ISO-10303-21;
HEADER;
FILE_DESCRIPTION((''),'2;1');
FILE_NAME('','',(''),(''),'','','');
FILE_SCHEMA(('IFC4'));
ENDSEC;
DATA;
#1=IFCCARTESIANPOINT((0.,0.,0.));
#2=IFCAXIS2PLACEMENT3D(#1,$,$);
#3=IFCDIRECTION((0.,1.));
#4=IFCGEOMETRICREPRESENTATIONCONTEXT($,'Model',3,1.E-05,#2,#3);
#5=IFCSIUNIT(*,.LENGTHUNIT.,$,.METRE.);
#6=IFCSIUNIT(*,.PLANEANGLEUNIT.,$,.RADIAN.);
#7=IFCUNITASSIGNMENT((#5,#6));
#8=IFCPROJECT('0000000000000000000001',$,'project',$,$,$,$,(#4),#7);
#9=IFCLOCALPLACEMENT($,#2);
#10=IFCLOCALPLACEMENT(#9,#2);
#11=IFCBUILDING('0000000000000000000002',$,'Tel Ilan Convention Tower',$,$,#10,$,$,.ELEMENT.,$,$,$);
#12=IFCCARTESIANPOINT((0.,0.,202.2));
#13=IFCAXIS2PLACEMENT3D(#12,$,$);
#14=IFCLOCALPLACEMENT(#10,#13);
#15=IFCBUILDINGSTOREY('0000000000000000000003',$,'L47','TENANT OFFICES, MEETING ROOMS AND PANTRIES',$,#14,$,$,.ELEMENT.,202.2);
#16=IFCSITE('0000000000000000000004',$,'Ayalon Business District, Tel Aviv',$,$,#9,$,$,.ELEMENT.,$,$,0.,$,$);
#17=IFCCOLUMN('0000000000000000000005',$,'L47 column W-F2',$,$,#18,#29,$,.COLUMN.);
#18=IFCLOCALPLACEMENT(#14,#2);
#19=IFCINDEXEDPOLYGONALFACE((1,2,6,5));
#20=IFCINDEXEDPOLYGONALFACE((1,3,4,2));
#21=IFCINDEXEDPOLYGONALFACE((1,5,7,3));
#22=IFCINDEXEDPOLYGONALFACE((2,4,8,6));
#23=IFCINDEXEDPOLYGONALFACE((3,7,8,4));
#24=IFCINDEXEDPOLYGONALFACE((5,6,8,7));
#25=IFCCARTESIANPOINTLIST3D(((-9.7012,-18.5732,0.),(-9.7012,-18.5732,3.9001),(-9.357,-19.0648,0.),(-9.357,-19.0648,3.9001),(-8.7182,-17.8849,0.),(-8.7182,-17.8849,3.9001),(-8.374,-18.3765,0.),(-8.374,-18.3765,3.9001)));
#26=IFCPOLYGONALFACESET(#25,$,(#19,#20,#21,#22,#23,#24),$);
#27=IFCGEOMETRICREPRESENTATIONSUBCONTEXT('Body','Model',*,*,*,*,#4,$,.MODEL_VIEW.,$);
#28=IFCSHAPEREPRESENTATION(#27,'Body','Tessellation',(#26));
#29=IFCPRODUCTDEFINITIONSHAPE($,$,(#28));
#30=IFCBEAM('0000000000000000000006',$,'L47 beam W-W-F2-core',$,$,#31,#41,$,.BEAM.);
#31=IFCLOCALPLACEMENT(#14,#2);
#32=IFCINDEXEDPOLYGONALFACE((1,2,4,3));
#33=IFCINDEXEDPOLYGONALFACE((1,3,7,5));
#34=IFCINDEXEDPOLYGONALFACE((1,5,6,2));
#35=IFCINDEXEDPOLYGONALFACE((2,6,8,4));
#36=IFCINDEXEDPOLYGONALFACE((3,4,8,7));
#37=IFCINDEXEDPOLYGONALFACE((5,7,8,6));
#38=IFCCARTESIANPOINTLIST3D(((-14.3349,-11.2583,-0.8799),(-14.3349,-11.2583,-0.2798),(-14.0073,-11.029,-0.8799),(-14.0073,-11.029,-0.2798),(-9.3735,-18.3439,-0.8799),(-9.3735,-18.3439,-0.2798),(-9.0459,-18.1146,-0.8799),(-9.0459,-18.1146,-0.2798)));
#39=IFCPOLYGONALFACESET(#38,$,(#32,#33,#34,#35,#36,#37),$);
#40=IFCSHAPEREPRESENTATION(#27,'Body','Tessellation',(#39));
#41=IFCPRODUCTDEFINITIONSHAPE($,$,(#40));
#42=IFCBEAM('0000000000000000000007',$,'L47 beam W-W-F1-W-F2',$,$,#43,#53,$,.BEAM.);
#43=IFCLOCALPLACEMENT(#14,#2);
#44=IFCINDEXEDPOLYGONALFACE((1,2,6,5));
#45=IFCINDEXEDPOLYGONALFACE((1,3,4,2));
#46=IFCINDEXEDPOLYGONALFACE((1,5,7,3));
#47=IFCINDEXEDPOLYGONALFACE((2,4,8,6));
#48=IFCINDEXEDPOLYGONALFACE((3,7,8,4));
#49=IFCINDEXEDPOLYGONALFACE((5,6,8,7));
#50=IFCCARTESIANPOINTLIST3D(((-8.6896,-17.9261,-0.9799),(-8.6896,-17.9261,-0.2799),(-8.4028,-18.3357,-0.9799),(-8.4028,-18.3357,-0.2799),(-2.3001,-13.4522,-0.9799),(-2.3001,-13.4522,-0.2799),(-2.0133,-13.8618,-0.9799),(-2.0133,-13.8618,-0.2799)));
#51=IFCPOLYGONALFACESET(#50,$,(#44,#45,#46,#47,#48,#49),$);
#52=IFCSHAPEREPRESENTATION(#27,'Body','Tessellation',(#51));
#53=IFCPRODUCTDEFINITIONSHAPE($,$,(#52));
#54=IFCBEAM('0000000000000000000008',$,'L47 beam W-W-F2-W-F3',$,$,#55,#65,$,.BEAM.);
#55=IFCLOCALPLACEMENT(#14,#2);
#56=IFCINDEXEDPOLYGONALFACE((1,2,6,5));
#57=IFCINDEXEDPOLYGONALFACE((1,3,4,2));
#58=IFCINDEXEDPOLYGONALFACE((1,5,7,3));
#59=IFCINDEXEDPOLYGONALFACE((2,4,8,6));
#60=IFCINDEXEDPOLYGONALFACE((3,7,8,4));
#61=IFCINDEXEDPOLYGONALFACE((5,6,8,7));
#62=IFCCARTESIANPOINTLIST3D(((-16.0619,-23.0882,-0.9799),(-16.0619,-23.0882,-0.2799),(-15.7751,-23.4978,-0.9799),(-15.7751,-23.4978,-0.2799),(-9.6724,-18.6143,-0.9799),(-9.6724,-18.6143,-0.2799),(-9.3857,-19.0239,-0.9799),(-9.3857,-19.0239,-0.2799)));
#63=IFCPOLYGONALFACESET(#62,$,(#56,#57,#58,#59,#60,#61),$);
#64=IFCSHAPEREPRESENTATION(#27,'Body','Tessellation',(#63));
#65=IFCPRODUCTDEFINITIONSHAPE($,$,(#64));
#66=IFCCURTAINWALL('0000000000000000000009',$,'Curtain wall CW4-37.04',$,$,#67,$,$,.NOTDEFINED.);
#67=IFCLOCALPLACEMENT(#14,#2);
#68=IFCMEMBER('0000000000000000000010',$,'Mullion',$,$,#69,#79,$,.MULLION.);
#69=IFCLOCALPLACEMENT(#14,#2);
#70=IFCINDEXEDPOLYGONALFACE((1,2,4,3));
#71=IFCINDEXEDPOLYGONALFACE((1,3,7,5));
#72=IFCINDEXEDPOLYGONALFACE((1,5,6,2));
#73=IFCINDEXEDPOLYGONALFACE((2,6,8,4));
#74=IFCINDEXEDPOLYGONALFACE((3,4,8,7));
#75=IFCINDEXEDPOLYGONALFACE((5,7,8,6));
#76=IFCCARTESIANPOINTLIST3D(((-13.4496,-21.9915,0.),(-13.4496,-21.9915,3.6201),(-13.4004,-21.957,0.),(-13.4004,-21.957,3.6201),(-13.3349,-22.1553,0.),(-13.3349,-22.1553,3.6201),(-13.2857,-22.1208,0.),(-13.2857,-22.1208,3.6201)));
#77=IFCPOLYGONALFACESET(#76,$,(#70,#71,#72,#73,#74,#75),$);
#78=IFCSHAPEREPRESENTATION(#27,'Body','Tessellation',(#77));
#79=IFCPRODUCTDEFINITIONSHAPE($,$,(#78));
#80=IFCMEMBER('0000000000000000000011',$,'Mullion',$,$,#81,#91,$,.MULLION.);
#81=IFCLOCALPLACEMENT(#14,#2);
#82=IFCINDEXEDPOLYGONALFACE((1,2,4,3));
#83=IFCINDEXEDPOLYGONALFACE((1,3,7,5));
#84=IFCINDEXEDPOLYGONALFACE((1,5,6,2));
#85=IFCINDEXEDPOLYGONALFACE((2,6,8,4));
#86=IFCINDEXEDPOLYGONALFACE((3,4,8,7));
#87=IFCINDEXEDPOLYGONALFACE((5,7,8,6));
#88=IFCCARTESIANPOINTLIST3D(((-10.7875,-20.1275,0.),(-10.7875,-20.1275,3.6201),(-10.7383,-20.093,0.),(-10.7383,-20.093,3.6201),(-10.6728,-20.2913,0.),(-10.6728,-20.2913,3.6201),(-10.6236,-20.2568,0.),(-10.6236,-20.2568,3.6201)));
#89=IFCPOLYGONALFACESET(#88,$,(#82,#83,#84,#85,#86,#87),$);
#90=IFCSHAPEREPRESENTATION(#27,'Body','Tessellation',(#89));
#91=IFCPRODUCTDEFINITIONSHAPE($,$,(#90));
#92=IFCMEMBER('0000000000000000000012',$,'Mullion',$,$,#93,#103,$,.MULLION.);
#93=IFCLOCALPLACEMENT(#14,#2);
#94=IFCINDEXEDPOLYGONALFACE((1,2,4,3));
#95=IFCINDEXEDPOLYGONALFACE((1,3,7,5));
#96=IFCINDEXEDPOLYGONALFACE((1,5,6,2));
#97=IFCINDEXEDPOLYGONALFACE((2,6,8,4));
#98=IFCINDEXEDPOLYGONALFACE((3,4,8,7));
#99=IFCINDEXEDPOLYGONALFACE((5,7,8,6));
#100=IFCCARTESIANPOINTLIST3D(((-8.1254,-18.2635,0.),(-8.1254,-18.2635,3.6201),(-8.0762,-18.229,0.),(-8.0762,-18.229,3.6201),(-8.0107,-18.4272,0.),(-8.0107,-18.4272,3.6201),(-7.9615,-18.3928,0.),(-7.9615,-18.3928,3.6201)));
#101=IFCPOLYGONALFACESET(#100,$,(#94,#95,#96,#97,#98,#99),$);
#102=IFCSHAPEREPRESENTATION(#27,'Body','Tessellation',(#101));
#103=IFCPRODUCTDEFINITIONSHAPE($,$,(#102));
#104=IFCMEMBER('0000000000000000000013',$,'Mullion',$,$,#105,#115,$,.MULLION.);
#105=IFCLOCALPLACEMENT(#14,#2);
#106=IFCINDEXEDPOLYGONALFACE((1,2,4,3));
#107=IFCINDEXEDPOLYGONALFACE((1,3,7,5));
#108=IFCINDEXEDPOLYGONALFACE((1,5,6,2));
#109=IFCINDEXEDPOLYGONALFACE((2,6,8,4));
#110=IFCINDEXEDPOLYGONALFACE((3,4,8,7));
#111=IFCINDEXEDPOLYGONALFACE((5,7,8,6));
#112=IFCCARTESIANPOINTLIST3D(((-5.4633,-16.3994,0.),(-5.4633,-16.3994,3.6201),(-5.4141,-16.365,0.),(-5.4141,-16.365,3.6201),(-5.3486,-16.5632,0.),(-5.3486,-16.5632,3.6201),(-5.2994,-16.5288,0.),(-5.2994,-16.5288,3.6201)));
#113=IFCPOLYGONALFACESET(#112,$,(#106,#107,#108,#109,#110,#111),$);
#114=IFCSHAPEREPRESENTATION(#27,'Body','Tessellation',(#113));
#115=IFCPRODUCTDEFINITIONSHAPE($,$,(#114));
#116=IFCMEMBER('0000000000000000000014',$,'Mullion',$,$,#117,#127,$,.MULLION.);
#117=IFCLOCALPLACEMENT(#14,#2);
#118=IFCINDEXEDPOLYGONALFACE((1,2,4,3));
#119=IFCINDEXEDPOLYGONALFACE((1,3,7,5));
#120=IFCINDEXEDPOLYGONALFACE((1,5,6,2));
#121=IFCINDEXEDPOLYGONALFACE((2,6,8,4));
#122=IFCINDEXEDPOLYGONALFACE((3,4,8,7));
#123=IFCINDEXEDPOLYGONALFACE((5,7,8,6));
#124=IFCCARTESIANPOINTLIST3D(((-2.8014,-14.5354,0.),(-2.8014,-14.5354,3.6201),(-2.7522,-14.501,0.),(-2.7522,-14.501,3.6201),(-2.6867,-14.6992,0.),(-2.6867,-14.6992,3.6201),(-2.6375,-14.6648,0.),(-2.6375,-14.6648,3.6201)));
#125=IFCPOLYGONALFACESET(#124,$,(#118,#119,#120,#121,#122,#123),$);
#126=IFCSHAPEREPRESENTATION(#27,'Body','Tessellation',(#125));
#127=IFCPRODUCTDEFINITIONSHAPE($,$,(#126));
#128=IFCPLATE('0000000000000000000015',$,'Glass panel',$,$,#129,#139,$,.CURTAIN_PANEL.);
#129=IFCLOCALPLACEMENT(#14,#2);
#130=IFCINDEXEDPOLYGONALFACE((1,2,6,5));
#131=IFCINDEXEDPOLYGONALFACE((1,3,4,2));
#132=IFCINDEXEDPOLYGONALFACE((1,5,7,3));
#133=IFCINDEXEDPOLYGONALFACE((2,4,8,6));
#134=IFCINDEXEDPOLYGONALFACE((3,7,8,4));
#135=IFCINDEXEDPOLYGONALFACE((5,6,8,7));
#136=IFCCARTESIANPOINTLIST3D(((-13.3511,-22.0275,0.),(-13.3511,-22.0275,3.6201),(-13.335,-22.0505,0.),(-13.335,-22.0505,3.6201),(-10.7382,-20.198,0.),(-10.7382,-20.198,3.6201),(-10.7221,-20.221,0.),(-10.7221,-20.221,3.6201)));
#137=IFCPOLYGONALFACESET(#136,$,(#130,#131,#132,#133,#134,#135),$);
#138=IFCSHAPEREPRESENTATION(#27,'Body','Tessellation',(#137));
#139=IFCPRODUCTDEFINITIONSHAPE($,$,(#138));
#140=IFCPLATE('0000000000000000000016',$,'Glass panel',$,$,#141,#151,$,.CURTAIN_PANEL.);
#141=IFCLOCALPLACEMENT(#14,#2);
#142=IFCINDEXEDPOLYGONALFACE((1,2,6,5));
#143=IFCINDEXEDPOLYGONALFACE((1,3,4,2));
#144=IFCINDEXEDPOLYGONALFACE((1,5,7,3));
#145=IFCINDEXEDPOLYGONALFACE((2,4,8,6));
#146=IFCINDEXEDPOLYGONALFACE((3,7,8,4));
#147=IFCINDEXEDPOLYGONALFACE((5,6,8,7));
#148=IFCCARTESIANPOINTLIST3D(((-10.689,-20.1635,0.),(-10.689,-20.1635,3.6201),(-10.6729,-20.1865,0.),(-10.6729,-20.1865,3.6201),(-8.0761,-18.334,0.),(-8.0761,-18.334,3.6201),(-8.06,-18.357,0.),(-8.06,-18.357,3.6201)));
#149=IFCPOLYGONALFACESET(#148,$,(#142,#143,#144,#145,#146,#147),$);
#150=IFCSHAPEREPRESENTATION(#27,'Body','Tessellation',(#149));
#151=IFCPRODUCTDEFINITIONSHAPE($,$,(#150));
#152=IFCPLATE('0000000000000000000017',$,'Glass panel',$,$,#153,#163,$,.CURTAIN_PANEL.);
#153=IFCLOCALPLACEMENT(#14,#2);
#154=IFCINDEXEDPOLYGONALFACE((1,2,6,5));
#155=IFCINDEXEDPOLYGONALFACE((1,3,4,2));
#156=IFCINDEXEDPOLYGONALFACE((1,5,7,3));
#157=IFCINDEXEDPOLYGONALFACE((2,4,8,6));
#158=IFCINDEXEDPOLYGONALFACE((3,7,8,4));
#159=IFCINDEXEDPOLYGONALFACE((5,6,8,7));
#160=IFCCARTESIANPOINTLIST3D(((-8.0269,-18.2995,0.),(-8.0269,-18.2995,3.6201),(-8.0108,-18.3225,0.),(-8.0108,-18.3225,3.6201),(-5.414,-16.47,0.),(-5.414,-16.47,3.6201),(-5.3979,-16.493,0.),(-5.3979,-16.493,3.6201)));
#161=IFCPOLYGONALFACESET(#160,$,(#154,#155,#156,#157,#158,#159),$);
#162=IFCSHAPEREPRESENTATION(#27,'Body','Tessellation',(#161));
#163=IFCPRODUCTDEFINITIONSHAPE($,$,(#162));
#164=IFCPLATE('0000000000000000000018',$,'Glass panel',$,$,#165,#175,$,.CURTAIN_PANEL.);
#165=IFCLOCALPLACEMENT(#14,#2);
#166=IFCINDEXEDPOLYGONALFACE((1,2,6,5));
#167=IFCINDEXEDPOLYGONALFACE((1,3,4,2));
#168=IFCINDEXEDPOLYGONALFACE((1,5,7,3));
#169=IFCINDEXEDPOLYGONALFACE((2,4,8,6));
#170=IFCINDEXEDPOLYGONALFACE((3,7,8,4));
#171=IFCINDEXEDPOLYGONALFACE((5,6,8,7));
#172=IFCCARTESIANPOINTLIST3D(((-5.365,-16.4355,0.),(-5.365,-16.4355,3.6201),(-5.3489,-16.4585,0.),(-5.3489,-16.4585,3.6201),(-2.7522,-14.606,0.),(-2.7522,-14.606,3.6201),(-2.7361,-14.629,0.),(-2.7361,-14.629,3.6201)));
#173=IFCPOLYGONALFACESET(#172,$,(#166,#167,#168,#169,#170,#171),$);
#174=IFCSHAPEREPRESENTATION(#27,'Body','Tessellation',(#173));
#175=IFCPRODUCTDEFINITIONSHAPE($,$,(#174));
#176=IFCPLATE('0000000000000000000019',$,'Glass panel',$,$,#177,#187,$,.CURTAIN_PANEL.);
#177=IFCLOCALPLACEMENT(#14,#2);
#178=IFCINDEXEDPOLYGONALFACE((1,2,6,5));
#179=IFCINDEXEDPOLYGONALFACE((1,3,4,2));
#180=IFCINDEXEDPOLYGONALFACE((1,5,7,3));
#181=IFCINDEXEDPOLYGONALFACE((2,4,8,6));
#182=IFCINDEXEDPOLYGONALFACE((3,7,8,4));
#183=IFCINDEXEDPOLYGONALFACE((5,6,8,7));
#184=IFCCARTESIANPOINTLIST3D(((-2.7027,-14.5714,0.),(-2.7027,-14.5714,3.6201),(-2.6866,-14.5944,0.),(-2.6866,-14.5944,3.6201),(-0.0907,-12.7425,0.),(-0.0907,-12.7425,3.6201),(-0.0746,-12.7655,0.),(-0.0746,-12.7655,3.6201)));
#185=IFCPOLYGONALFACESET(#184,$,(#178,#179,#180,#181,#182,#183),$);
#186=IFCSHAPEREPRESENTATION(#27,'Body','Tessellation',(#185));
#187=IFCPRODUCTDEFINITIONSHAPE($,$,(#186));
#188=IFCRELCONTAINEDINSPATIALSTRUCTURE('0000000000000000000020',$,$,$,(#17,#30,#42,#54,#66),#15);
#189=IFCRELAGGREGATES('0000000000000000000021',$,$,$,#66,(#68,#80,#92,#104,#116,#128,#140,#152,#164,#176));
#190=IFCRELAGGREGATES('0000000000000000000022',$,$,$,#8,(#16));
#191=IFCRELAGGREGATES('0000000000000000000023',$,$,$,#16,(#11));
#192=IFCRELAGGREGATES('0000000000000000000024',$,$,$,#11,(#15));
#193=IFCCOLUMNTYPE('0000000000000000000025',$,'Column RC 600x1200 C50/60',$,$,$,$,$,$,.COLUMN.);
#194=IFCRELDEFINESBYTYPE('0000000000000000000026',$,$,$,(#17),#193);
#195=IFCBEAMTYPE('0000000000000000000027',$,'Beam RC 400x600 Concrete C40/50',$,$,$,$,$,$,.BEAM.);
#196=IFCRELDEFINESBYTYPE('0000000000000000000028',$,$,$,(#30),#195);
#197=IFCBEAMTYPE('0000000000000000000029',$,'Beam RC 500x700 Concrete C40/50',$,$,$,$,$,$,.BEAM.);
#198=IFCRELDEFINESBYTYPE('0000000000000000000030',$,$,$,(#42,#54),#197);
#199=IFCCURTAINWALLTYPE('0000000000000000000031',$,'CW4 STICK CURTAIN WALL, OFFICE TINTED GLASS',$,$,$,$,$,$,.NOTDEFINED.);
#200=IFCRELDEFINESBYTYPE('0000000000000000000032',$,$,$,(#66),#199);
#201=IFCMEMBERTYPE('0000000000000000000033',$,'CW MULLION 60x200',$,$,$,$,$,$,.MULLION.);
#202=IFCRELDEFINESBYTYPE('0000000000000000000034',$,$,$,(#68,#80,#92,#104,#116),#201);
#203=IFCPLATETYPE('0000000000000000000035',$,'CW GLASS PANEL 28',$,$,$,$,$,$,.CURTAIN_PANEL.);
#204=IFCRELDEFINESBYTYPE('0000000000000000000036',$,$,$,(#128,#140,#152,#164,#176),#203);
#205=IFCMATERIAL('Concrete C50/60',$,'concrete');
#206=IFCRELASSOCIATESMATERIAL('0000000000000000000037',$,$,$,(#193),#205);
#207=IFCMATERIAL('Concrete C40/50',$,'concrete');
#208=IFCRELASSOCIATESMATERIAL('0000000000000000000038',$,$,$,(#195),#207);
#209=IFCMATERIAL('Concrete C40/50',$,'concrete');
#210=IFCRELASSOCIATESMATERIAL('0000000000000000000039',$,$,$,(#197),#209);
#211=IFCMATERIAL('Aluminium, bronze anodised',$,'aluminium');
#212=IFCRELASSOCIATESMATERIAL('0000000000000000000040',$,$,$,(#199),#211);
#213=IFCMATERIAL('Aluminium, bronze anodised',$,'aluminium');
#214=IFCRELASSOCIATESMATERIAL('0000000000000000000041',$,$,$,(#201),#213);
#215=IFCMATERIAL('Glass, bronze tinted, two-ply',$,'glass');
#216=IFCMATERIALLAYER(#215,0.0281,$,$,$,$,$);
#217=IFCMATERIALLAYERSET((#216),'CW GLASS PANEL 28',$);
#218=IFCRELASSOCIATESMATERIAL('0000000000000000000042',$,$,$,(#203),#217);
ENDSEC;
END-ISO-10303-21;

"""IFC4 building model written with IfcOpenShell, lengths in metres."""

from ifc_helpers import new_model, si_unit, direction, frame, origin, origin_2d, place, context, subcontext, project, spatial, rectangle, extrude, material, layer, layer_set, material_profile, profile_set, type_object, element, aggregate, save


model = new_model("IFC4")

# Units and contexts
model_context = context("Model", 3, precision=1e-05, world=origin(), true_north=direction((0.0, 1.0)))
body_context = subcontext(model_context, "Body", "Model", "MODEL_VIEW")
ifc_project = project(units=[si_unit("LENGTHUNIT", "METRE"), si_unit("PLANEANGLEUNIT", "RADIAN")], contexts=[model_context])

# Site, building, storey
site_placement = place(None, origin())
site = spatial("IfcSite", under=ifc_project, at=site_placement, Name="Ayalon Business District, Tel Aviv", CompositionType="ELEMENT", RefElevation=0.0)
building_placement = place(site_placement, origin())
building = spatial("IfcBuilding", under=site, at=building_placement, Name="Tel Ilan Convention Tower", CompositionType="ELEMENT")
storey_placement = place(building_placement, frame((0.0, 0.0, 202.2)))
storey = spatial("IfcBuildingStorey", under=building, at=storey_placement, Name="L47", Description="TENANT OFFICES, MEETING ROOMS AND PANTRIES", CompositionType="ELEMENT", Elevation=202.2)

# Column
ifc_material_1 = material(Name="Concrete C50/60", Category="concrete")
ifc_material_profile_1 = material_profile(ifc_material_1, rectangle(XDim=1.2, YDim=0.6001, at=origin_2d()), Name="RC 600x1200")
ifc_profile_set_1 = profile_set([ifc_material_profile_1], Name="Concrete C50/60")
column_type = type_object("IfcColumnType", Name="Column RC 600x1200 C50/60", PredefinedType="COLUMN", material=ifc_profile_set_1)
column_placement = place(storey_placement, frame((-9.0376, -18.4749, 0.0), z_axis=(0.0, 0.0, 1.0), x_axis=(-0.819152, -0.573576, 0.0)))
element("IfcColumn", 1, at=column_placement, inside=storey, type_object=column_type, Name="L47 column W-F2", PredefinedType="COLUMN", context=body_context, shape_type="SweptSolid", body=[
    extrude(rectangle(XDim=1.2, YDim=0.6001, at=origin_2d()), origin(), (0.0, 0.0, 1.0), 3.9001),
])

# Beams
ifc_material_2 = material(Name="Concrete C40/50", Category="concrete")
ifc_material_profile_2 = material_profile(ifc_material_2, rectangle(XDim=0.3999, YDim=0.6001, at=origin_2d()), Name="RC 400x600")
ifc_profile_set_2 = profile_set([ifc_material_profile_2], Name="Concrete C40/50")
beam_type_1 = type_object("IfcBeamType", Name="Beam RC 400x600 Concrete C40/50", PredefinedType="BEAM", material=ifc_profile_set_2)
beam_placement = place(storey_placement, frame((-9.2097, -18.2292, -0.5798), z_axis=(-0.573574, 0.819154, 0.0), x_axis=(-0.819154, -0.573574, 0.0)))
element("IfcBeam", 2, at=beam_placement, inside=storey, type_object=beam_type_1, Name="L47 beam W-W-F2-core", PredefinedType="BEAM", context=body_context, shape_type="SweptSolid", body=[
    extrude(rectangle(XDim=0.3999, YDim=0.6001, at=origin_2d()), origin(), (0.0, 0.0, 1.0), 8.6499),
])
ifc_material_3 = material(Name="Concrete C40/50", Category="concrete")
ifc_material_profile_3 = material_profile(ifc_material_3, rectangle(XDim=0.5, YDim=0.7, at=origin_2d()), Name="RC 500x700")
ifc_profile_set_3 = profile_set([ifc_material_profile_3], Name="Concrete C40/50")
beam_type_2 = type_object("IfcBeamType", Name="Beam RC 500x700 Concrete C40/50", PredefinedType="BEAM", material=ifc_profile_set_3)
for number, where, z_axis, x_axis, name in (
    (3, (-2.1567, -13.657, -0.6299), (-0.819154, -0.573574, 0.0), (0.573574, -0.819154, 0.0), "L47 beam W-W-F1-W-F2"),
    (4, (-9.5291, -18.8191, -0.6299), (-0.819154, -0.573574, 0.0), (0.573574, -0.819154, 0.0), "L47 beam W-W-F2-W-F3"),
):
    element("IfcBeam", number, at=place(storey_placement, frame(where, z_axis=z_axis, x_axis=x_axis)), inside=storey, type_object=beam_type_2, Name=name, PredefinedType="BEAM", context=body_context, shape_type="SweptSolid", body=[
        extrude(rectangle(XDim=0.5, YDim=0.7, at=origin_2d()), origin(), (0.0, 0.0, 1.0), 7.8),
    ])

# Curtain wall, members, plates
ifc_material_4 = material(Name="Aluminium, bronze anodised", Category="aluminium")
curtain_wall_type = type_object("IfcCurtainWallType", Name="CW4 STICK CURTAIN WALL, OFFICE TINTED GLASS", PredefinedType="NOTDEFINED", material=ifc_material_4)
curtain_wall_placement = place(storey_placement, origin())
curtain_wall = element("IfcCurtainWall", 5, at=curtain_wall_placement, inside=storey, type_object=curtain_wall_type, Name="Curtain wall CW4-37.04", PredefinedType="NOTDEFINED")
ifc_material_5 = material(Name="Aluminium, bronze anodised", Category="aluminium")
ifc_material_profile_4 = material_profile(ifc_material_5, rectangle(XDim=0.0601, YDim=0.2, at=origin_2d()), Name="CW MULLION 60x200")
ifc_profile_set_4 = profile_set([ifc_material_profile_4], Name="Aluminium, bronze anodised")
member_type = type_object("IfcMemberType", Name="CW MULLION 60x200", PredefinedType="MULLION", material=ifc_profile_set_4)
member_1_placement = place(storey_placement, frame((-13.3677, -22.0562, 0.0), z_axis=(0.0, 0.0, 1.0), x_axis=(0.819152, 0.573576, 0.0)))
member_1 = element("IfcMember", 6, at=member_1_placement, type_object=member_type, Name="Mullion", PredefinedType="MULLION", context=body_context, shape_type="SweptSolid", body=[
    extrude(rectangle(XDim=0.0601, YDim=0.2, at=origin_2d()), origin(), (0.0, 0.0, 1.0), 3.6201),
])
member_2_placement = place(storey_placement, frame((-10.7056, -20.1921, 0.0), z_axis=(0.0, 0.0, 1.0), x_axis=(0.819152, 0.573576, 0.0)))
member_2 = element("IfcMember", 7, at=member_2_placement, type_object=member_type, Name="Mullion", PredefinedType="MULLION", context=body_context, shape_type="SweptSolid", body=[
    extrude(rectangle(XDim=0.0601, YDim=0.2, at=origin_2d()), origin(), (0.0, 0.0, 1.0), 3.6201),
])
member_3_placement = place(storey_placement, frame((-8.0435, -18.3281, 0.0), z_axis=(0.0, 0.0, 1.0), x_axis=(0.819152, 0.573576, 0.0)))
member_3 = element("IfcMember", 8, at=member_3_placement, type_object=member_type, Name="Mullion", PredefinedType="MULLION", context=body_context, shape_type="SweptSolid", body=[
    extrude(rectangle(XDim=0.0601, YDim=0.2, at=origin_2d()), origin(), (0.0, 0.0, 1.0), 3.6201),
])
member_4_placement = place(storey_placement, frame((-5.3813, -16.4641, 0.0), z_axis=(0.0, 0.0, 1.0), x_axis=(0.819152, 0.573576, 0.0)))
member_4 = element("IfcMember", 9, at=member_4_placement, type_object=member_type, Name="Mullion", PredefinedType="MULLION", context=body_context, shape_type="SweptSolid", body=[
    extrude(rectangle(XDim=0.0601, YDim=0.2, at=origin_2d()), origin(), (0.0, 0.0, 1.0), 3.6201),
])
member_5_placement = place(storey_placement, frame((-2.7195, -14.6001, 0.0), z_axis=(0.0, 0.0, 1.0), x_axis=(0.819152, 0.573576, 0.0)))
member_5 = element("IfcMember", 10, at=member_5_placement, type_object=member_type, Name="Mullion", PredefinedType="MULLION", context=body_context, shape_type="SweptSolid", body=[
    extrude(rectangle(XDim=0.0601, YDim=0.2, at=origin_2d()), origin(), (0.0, 0.0, 1.0), 3.6201),
])
ifc_material_6 = material(Name="Glass, bronze tinted, two-ply", Category="glass")
ifc_layer_1 = layer(ifc_material_6, 0.0281)
ifc_layer_set_1 = layer_set([ifc_layer_1], Name="CW GLASS PANEL 28")
plate_type = type_object("IfcPlateType", Name="CW GLASS PANEL 28", PredefinedType="CURTAIN_PANEL", material=ifc_layer_set_1)
plate_1_placement = place(storey_placement, frame((-12.0366, -21.1243, 0.0), z_axis=(0.0, 0.0, 1.0), x_axis=(0.819152, 0.573576, 0.0)))
plate_1 = element("IfcPlate", 11, at=plate_1_placement, type_object=plate_type, Name="Glass panel", PredefinedType="CURTAIN_PANEL", context=body_context, shape_type="SweptSolid", body=[
    extrude(rectangle(XDim=3.1897, YDim=0.0281, at=origin_2d()), origin(), (0.0, 0.0, 1.0), 3.6201),
])
plate_2_placement = place(storey_placement, frame((-9.3745, -19.2603, 0.0), z_axis=(0.0, 0.0, 1.0), x_axis=(0.819152, 0.573576, 0.0)))
plate_2 = element("IfcPlate", 12, at=plate_2_placement, type_object=plate_type, Name="Glass panel", PredefinedType="CURTAIN_PANEL", context=body_context, shape_type="SweptSolid", body=[
    extrude(rectangle(XDim=3.1897, YDim=0.0281, at=origin_2d()), origin(), (0.0, 0.0, 1.0), 3.6201),
])
plate_3_placement = place(storey_placement, frame((-6.7124, -17.3962, 0.0), z_axis=(0.0, 0.0, 1.0), x_axis=(0.819152, 0.573576, 0.0)))
plate_3 = element("IfcPlate", 13, at=plate_3_placement, type_object=plate_type, Name="Glass panel", PredefinedType="CURTAIN_PANEL", context=body_context, shape_type="SweptSolid", body=[
    extrude(rectangle(XDim=3.1897, YDim=0.0281, at=origin_2d()), origin(), (0.0, 0.0, 1.0), 3.6201),
])
plate_4_placement = place(storey_placement, frame((-4.0505, -15.5322, 0.0), z_axis=(0.0, 0.0, 1.0), x_axis=(0.819152, 0.573576, 0.0)))
plate_4 = element("IfcPlate", 14, at=plate_4_placement, type_object=plate_type, Name="Glass panel", PredefinedType="CURTAIN_PANEL", context=body_context, shape_type="SweptSolid", body=[
    extrude(rectangle(XDim=3.1897, YDim=0.0281, at=origin_2d()), origin(), (0.0, 0.0, 1.0), 3.6201),
])
plate_5_placement = place(storey_placement, frame((-1.3887, -13.6685, 0.0), z_axis=(0.0, 0.0, 1.0), x_axis=(0.819152, 0.573576, 0.0)))
plate_5 = element("IfcPlate", 15, at=plate_5_placement, type_object=plate_type, Name="Glass panel", PredefinedType="CURTAIN_PANEL", context=body_context, shape_type="SweptSolid", body=[
    extrude(rectangle(XDim=3.1887, YDim=0.0281, at=origin_2d()), origin(), (0.0, 0.0, 1.0), 3.6201),
])
aggregate(curtain_wall, [member_1, member_2, member_3, member_4, member_5, plate_1, plate_2, plate_3, plate_4, plate_5])

save(model, "model.ifc")
